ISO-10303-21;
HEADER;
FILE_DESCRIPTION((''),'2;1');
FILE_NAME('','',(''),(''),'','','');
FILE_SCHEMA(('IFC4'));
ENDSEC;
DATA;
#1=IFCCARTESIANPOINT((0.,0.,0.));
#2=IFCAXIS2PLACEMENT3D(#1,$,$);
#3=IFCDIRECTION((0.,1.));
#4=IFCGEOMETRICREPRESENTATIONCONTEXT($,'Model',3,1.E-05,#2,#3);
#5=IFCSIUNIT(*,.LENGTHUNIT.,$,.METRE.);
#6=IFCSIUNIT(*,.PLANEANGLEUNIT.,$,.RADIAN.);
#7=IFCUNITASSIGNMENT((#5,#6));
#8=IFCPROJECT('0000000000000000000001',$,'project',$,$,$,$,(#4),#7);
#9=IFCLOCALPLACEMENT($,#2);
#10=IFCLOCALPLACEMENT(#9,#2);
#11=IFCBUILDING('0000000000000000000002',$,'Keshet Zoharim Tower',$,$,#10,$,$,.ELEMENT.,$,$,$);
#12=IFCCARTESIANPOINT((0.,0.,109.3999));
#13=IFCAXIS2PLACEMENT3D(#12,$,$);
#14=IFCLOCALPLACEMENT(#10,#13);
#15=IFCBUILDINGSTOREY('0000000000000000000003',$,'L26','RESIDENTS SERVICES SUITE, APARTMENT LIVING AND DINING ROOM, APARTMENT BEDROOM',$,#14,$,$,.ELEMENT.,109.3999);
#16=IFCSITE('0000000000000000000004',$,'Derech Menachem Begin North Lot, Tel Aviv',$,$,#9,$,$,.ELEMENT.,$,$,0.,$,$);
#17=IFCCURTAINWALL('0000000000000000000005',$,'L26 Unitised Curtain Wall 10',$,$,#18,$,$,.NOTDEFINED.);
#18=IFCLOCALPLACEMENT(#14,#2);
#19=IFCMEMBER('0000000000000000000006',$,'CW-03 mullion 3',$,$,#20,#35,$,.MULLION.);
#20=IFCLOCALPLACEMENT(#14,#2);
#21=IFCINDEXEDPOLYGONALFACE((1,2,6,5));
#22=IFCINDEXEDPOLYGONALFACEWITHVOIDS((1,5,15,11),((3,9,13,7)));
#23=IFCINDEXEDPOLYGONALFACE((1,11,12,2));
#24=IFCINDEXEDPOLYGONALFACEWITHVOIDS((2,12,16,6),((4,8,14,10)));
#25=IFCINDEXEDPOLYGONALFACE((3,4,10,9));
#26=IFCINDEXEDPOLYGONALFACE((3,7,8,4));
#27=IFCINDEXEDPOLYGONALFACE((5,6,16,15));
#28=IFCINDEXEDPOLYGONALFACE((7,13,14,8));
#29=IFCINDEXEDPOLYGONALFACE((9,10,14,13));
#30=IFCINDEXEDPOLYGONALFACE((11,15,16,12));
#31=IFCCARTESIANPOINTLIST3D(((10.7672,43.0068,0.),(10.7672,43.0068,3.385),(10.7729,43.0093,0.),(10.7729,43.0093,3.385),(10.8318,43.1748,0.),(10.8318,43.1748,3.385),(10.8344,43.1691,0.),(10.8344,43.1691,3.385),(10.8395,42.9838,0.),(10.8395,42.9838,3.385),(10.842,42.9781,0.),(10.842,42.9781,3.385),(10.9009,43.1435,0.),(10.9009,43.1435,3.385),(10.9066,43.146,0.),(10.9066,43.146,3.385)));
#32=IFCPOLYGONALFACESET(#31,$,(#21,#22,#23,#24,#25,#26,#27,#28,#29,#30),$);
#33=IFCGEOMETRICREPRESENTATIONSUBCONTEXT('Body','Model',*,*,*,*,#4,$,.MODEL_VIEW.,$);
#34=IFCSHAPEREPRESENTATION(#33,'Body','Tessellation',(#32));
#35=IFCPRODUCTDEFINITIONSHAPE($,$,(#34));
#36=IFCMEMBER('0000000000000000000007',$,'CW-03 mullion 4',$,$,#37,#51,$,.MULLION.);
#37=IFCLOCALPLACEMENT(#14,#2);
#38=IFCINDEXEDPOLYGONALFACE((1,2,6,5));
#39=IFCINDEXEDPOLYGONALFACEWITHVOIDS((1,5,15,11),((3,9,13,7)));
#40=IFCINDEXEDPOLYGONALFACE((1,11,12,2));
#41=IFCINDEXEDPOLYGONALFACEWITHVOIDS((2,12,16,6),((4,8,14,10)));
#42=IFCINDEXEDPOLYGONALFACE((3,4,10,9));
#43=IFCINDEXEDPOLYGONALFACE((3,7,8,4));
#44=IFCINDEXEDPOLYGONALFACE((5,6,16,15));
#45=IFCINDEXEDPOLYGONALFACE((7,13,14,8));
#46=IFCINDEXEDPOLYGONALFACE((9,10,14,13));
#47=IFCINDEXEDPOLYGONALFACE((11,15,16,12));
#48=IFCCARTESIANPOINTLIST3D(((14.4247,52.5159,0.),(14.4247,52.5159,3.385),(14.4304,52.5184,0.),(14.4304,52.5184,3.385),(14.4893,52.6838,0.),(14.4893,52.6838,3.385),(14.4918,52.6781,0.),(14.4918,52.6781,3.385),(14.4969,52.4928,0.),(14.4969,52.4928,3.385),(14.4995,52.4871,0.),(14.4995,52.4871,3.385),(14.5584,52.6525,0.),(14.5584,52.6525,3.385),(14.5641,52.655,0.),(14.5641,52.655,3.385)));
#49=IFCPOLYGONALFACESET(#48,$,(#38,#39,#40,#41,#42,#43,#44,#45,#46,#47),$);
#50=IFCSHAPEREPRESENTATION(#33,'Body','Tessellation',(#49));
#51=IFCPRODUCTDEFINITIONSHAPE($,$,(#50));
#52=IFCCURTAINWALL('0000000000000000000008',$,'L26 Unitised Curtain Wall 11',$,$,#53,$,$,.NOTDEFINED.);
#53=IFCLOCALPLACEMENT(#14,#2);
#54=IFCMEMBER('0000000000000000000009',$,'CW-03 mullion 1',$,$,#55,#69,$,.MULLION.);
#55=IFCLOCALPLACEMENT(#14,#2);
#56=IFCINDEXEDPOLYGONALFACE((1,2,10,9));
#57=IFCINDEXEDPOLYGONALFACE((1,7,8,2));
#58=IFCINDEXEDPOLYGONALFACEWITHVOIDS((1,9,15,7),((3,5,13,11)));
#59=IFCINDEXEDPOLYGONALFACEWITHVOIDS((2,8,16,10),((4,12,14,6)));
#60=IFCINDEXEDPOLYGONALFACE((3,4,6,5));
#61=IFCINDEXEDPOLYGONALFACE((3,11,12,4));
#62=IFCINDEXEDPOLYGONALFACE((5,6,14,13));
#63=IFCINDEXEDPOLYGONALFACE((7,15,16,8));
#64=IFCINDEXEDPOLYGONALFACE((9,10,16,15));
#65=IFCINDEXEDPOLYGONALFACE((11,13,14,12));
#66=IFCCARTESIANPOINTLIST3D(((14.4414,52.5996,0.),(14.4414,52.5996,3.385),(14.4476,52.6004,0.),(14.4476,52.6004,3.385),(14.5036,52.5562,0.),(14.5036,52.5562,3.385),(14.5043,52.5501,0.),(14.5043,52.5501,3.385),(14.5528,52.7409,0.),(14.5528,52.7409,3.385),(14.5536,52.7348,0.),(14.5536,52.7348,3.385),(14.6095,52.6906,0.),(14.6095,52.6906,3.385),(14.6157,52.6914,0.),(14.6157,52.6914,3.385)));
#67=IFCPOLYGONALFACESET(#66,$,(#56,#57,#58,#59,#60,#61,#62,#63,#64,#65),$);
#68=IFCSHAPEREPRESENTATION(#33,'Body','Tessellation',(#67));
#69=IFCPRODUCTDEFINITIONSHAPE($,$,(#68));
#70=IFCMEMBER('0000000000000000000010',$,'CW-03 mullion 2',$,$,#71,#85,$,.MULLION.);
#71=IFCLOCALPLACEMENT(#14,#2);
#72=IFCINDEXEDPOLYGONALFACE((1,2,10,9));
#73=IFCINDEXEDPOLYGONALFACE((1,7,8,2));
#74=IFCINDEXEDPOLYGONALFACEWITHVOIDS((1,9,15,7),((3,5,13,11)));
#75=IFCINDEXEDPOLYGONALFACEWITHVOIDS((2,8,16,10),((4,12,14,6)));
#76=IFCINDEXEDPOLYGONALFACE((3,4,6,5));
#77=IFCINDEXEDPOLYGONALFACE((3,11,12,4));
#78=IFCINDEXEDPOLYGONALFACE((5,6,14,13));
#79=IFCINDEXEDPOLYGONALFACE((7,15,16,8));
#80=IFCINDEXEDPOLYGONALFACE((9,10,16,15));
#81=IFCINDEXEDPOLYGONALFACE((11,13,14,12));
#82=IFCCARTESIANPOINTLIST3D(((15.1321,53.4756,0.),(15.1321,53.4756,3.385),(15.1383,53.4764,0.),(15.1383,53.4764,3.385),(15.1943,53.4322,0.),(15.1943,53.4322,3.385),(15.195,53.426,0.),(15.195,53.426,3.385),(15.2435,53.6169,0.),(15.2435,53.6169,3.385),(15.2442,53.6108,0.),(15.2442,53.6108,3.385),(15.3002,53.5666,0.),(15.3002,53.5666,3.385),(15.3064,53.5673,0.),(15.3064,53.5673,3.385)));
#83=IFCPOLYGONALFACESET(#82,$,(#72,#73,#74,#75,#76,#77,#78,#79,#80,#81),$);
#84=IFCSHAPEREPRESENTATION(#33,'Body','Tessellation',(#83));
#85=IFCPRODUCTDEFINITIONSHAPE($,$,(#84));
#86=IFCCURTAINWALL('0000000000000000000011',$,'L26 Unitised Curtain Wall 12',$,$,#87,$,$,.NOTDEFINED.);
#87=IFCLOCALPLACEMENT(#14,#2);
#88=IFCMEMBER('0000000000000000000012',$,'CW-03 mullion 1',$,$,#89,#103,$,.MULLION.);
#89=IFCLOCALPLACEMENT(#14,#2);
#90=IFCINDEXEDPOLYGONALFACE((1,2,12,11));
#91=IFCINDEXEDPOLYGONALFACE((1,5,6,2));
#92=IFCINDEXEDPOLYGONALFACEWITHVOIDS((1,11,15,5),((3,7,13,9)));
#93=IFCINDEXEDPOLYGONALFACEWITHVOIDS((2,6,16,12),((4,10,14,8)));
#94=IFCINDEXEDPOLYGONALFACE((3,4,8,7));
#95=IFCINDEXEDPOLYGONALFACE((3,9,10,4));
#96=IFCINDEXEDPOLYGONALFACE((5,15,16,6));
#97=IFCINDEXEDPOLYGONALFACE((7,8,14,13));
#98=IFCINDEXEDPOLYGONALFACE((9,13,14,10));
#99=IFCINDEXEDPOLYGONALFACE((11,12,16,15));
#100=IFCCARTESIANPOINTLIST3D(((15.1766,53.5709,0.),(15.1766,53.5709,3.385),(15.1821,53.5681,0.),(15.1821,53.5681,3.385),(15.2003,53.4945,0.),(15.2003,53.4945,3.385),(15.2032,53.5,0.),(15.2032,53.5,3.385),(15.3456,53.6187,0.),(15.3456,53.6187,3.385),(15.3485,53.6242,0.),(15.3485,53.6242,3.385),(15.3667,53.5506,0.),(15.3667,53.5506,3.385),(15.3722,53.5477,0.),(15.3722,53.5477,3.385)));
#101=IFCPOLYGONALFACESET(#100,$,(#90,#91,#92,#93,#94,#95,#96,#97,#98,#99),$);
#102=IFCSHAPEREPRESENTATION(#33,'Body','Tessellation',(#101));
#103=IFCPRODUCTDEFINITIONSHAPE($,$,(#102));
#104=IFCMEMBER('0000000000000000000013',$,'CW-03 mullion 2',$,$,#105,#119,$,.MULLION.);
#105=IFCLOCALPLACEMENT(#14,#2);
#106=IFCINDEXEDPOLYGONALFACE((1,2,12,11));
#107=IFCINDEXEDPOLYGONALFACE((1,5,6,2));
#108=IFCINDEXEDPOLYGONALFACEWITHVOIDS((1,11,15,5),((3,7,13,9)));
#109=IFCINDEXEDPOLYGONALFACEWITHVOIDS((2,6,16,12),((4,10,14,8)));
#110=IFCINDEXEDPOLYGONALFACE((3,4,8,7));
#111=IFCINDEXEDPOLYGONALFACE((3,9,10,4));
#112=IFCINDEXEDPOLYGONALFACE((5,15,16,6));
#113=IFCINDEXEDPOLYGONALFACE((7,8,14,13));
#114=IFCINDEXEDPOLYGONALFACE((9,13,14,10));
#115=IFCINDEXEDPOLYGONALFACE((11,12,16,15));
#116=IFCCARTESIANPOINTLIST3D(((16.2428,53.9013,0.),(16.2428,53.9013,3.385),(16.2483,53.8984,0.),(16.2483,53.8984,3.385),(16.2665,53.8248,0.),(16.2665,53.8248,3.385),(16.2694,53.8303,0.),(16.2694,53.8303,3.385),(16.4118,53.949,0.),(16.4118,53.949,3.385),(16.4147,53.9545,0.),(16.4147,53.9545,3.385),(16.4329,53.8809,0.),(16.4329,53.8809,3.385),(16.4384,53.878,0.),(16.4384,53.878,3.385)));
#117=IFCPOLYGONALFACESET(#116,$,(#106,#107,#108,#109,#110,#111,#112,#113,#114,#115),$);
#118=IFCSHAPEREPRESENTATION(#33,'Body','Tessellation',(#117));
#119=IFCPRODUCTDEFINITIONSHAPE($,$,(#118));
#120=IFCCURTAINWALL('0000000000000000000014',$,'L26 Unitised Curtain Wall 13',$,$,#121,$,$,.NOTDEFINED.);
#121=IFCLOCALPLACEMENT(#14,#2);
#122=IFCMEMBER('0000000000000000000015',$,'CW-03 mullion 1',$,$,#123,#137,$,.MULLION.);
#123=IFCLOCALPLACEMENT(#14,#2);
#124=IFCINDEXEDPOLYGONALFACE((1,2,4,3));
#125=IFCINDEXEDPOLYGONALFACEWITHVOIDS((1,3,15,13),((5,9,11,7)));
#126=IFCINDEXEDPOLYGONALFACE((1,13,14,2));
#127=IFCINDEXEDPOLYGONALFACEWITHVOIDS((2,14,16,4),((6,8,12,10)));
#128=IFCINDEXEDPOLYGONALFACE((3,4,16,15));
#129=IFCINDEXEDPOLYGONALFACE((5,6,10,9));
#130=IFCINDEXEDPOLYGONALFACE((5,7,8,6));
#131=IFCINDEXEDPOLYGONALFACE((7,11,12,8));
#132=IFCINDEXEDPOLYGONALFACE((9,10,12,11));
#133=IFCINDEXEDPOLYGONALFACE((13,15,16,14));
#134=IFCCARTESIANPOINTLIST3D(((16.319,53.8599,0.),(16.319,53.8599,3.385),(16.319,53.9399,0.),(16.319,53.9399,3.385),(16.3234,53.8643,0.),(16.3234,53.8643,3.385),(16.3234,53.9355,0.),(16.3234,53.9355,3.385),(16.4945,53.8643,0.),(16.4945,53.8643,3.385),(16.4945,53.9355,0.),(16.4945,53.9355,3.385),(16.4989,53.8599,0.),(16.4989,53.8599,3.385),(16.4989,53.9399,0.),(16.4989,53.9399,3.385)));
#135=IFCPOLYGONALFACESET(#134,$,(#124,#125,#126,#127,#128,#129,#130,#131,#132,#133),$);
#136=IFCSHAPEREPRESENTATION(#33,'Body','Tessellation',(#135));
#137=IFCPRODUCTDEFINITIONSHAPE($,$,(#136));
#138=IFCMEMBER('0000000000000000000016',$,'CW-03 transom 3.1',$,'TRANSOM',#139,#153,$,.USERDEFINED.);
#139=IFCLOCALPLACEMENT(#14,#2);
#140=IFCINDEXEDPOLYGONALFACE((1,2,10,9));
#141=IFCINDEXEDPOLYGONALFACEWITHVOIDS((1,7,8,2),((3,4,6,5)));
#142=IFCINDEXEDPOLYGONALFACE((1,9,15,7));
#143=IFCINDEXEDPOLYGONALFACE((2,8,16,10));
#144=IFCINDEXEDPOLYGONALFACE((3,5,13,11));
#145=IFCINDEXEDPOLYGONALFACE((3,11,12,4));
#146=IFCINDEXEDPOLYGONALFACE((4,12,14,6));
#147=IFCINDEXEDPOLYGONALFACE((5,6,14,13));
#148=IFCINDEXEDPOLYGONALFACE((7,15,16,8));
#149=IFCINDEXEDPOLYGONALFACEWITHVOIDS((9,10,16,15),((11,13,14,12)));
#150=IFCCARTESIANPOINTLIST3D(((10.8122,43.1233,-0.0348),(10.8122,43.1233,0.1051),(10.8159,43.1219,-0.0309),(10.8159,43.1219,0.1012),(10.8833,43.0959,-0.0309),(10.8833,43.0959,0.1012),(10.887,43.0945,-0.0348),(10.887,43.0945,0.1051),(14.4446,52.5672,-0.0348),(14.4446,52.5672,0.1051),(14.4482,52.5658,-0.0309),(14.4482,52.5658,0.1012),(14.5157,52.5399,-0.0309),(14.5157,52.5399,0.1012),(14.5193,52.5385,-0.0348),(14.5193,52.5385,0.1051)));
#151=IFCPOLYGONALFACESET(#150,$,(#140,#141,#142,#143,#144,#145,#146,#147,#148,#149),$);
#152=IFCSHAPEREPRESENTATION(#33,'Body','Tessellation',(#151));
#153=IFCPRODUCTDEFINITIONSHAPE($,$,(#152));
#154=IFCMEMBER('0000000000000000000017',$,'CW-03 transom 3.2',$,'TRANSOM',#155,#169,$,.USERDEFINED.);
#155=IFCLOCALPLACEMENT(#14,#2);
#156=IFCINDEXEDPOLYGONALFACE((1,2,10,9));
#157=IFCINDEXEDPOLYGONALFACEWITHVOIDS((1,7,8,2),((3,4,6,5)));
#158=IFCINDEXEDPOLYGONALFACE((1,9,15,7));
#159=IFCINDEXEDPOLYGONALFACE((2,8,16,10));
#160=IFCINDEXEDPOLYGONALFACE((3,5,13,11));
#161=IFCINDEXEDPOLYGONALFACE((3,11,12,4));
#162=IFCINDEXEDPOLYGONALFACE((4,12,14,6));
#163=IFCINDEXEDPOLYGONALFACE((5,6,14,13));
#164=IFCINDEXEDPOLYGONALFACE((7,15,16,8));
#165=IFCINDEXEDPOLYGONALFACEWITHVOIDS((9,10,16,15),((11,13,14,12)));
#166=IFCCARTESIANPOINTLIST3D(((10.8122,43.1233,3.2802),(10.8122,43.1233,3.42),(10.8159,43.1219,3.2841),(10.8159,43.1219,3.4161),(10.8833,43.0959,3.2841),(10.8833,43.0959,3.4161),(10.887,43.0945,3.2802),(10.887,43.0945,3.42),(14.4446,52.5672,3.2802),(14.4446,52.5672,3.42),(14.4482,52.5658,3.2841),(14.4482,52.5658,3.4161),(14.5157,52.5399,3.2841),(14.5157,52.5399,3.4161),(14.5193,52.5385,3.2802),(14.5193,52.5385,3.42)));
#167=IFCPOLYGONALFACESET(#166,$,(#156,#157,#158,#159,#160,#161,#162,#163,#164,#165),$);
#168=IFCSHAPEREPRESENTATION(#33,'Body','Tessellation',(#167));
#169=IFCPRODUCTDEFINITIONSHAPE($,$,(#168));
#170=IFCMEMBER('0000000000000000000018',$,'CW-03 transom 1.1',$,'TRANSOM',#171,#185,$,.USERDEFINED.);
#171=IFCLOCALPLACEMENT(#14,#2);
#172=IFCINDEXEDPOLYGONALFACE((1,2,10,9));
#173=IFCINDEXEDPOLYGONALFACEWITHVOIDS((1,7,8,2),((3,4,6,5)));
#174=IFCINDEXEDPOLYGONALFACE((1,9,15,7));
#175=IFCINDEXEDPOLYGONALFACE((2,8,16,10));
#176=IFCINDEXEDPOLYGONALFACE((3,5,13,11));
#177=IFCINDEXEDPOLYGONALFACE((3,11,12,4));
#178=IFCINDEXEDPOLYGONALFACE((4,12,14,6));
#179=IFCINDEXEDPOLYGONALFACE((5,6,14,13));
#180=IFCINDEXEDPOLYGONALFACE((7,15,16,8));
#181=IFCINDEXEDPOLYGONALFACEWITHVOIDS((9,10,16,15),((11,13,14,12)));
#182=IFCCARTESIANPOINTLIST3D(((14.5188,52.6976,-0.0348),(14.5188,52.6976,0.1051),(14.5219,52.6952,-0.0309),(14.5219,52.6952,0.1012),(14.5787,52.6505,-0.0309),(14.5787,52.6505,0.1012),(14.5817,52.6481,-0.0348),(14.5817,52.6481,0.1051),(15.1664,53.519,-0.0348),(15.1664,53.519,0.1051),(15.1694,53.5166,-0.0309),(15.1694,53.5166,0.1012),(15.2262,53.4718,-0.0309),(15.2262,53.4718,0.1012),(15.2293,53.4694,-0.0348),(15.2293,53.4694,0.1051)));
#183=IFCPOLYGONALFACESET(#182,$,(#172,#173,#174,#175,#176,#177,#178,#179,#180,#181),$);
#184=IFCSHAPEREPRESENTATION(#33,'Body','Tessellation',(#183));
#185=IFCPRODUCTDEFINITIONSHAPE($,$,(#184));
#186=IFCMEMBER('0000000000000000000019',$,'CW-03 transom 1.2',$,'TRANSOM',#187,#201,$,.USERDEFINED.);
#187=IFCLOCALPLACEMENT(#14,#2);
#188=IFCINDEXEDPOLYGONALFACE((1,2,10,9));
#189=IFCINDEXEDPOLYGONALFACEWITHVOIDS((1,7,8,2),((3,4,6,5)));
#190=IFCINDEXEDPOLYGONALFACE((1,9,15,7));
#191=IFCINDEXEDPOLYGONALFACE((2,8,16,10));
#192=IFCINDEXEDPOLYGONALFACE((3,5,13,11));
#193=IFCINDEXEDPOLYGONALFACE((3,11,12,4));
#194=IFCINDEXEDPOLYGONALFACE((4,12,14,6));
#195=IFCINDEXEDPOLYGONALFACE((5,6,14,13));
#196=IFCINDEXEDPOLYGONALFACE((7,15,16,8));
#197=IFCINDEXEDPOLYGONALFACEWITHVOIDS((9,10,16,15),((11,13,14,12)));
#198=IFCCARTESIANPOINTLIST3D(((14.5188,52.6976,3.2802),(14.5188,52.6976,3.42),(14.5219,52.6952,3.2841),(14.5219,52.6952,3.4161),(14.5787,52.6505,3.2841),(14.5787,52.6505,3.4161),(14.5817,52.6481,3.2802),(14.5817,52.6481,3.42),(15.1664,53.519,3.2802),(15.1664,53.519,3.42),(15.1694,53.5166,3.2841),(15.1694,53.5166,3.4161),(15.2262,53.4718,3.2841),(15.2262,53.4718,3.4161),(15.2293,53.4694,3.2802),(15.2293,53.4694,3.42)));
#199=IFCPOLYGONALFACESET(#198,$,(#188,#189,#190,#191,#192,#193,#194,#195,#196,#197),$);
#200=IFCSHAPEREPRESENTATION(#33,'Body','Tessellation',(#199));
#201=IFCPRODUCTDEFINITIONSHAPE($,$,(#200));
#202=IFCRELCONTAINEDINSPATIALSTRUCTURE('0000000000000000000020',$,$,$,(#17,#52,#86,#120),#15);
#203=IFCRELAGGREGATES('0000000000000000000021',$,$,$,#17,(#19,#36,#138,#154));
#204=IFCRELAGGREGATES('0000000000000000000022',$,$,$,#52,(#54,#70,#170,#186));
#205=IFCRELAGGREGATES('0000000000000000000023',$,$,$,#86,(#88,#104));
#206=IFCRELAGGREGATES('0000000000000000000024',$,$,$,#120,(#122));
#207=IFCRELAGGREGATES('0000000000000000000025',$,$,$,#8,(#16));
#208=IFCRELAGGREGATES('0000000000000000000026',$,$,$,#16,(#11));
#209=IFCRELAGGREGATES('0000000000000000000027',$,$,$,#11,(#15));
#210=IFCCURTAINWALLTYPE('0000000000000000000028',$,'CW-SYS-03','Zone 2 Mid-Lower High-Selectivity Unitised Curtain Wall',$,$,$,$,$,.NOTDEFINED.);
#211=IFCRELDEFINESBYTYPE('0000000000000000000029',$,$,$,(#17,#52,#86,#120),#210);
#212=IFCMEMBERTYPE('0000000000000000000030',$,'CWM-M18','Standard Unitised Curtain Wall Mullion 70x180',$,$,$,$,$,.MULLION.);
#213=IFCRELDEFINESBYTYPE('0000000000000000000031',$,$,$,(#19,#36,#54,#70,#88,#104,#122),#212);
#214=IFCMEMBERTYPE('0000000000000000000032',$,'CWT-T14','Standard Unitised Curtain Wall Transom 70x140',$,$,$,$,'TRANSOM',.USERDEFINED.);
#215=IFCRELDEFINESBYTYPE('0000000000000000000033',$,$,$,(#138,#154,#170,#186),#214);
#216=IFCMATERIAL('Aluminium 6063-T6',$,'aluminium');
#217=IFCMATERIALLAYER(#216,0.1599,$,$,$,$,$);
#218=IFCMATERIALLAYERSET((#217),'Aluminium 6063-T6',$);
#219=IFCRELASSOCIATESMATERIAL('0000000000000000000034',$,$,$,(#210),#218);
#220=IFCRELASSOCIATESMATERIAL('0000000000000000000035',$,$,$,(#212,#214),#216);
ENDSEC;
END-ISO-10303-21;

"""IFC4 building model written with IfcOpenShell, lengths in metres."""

from ifc_helpers import new_model, si_unit, direction, frame, origin, origin_2d, place, context, subcontext, project, spatial, hollow_rectangle, extrude, material, layer, layer_set, material_profile, profile_set, type_object, element, aggregate, save


model = new_model("IFC4")

# Units and contexts
model_context = context("Model", 3, precision=1e-05, world=origin(), true_north=direction((0.0, 1.0)))
body_context = subcontext(model_context, "Body", "Model", "MODEL_VIEW")
ifc_project = project(units=[si_unit("LENGTHUNIT", "METRE"), si_unit("PLANEANGLEUNIT", "RADIAN")], contexts=[model_context])

# Site, building, storey
site_placement = place(None, origin())
site = spatial("IfcSite", under=ifc_project, at=site_placement, Name="Derech Menachem Begin North Lot, Tel Aviv", CompositionType="ELEMENT", RefElevation=0.0)
building_placement = place(site_placement, origin())
building = spatial("IfcBuilding", under=site, at=building_placement, Name="Keshet Zoharim Tower", CompositionType="ELEMENT")
storey_placement = place(building_placement, frame((0.0, 0.0, 109.3999)))
storey = spatial("IfcBuildingStorey", under=building, at=storey_placement, Name="L26", Description="RESIDENTS SERVICES SUITE, APARTMENT LIVING AND DINING ROOM, APARTMENT BEDROOM", CompositionType="ELEMENT", Elevation=109.3999)

# Curtain walls, members
ifc_material_1 = material(Name="Aluminium 6063-T6", Category="aluminium")
ifc_layer_1 = layer(ifc_material_1, 0.1599)
ifc_layer_set_1 = layer_set([ifc_layer_1], Name="Aluminium 6063-T6")
curtain_wall_type = type_object("IfcCurtainWallType", Name="CW-SYS-03", Description="Zone 2 Mid-Lower High-Selectivity Unitised Curtain Wall", PredefinedType="NOTDEFINED", material=ifc_layer_set_1)
curtain_wall_1_placement = place(storey_placement, origin())
curtain_wall_1 = element("IfcCurtainWall", 1, at=curtain_wall_1_placement, inside=storey, type_object=curtain_wall_type, Name="L26 Unitised Curtain Wall 10", PredefinedType="NOTDEFINED")
ifc_material_profile_1 = material_profile(ifc_material_1, hollow_rectangle(XDim=0.0801, YDim=0.1799, WallThickness=0.0044, at=origin_2d()), Name="MUL-80x180")
ifc_profile_set_1 = profile_set([ifc_material_profile_1], Name="Aluminium 6063-T6")
member_type_1 = type_object("IfcMemberType", Name="CWM-M18", Description="Standard Unitised Curtain Wall Mullion 70x180", PredefinedType="MULLION", material=ifc_profile_set_1)
member_1_placement = place(storey_placement, frame((10.8369, 43.0764, 0.0), z_axis=(0.0, 0.0, 1.0), x_axis=(-0.933341, 0.35899, 0.0)))
member_1 = element("IfcMember", 2, at=member_1_placement, type_object=member_type_1, Name="CW-03 mullion 3", PredefinedType="MULLION", context=body_context, shape_type="SweptSolid", body=[
    extrude(hollow_rectangle(XDim=0.0801, YDim=0.1799, WallThickness=0.0044, at=origin_2d()), origin(), (0.0, 0.0, 1.0), 3.385),
])
member_2_placement = place(storey_placement, frame((14.4944, 52.5854, 0.0), z_axis=(0.0, 0.0, 1.0), x_axis=(-0.933341, 0.35899, 0.0)))
member_2 = element("IfcMember", 3, at=member_2_placement, type_object=member_type_1, Name="CW-03 mullion 4", PredefinedType="MULLION", context=body_context, shape_type="SweptSolid", body=[
    extrude(hollow_rectangle(XDim=0.0801, YDim=0.1799, WallThickness=0.0044, at=origin_2d()), origin(), (0.0, 0.0, 1.0), 3.385),
])
curtain_wall_2_placement = place(storey_placement, origin())
curtain_wall_2 = element("IfcCurtainWall", 4, at=curtain_wall_2_placement, inside=storey, type_object=curtain_wall_type, Name="L26 Unitised Curtain Wall 11", PredefinedType="NOTDEFINED")
member_3_placement = place(storey_placement, frame((14.5286, 52.6455, 0.0), z_axis=(0.0, 0.0, 1.0), x_axis=(-0.785293, 0.619125, 0.0)))
member_3 = element("IfcMember", 5, at=member_3_placement, type_object=member_type_1, Name="CW-03 mullion 1", PredefinedType="MULLION", context=body_context, shape_type="SweptSolid", body=[
    extrude(hollow_rectangle(XDim=0.0801, YDim=0.1799, WallThickness=0.0044, at=origin_2d()), origin(), (0.0, 0.0, 1.0), 3.385),
])
member_4_placement = place(storey_placement, frame((15.2192, 53.5215, 0.0), z_axis=(0.0, 0.0, 1.0), x_axis=(-0.785293, 0.619125, 0.0)))
member_4 = element("IfcMember", 6, at=member_4_placement, type_object=member_type_1, Name="CW-03 mullion 2", PredefinedType="MULLION", context=body_context, shape_type="SweptSolid", body=[
    extrude(hollow_rectangle(XDim=0.0801, YDim=0.1799, WallThickness=0.0044, at=origin_2d()), origin(), (0.0, 0.0, 1.0), 3.385),
])
curtain_wall_3_placement = place(storey_placement, origin())
curtain_wall_3 = element("IfcCurtainWall", 7, at=curtain_wall_3_placement, inside=storey, type_object=curtain_wall_type, Name="L26 Unitised Curtain Wall 12", PredefinedType="NOTDEFINED")
member_5_placement = place(storey_placement, frame((15.2744, 53.5593, 0.0), z_axis=(0.0, 0.0, 1.0), x_axis=(-0.295922, 0.955212, 0.0)))
member_5 = element("IfcMember", 8, at=member_5_placement, type_object=member_type_1, Name="CW-03 mullion 1", PredefinedType="MULLION", context=body_context, shape_type="SweptSolid", body=[
    extrude(hollow_rectangle(XDim=0.0801, YDim=0.1799, WallThickness=0.0044, at=origin_2d()), origin(), (0.0, 0.0, 1.0), 3.385),
])
member_6_placement = place(storey_placement, frame((16.3406, 53.8896, 0.0), z_axis=(0.0, 0.0, 1.0), x_axis=(-0.295922, 0.955212, 0.0)))
member_6 = element("IfcMember", 9, at=member_6_placement, type_object=member_type_1, Name="CW-03 mullion 2", PredefinedType="MULLION", context=body_context, shape_type="SweptSolid", body=[
    extrude(hollow_rectangle(XDim=0.0801, YDim=0.1799, WallThickness=0.0044, at=origin_2d()), origin(), (0.0, 0.0, 1.0), 3.385),
])

# Curtain wall, member
curtain_wall_4_placement = place(storey_placement, origin())
curtain_wall_4 = element("IfcCurtainWall", 10, at=curtain_wall_4_placement, inside=storey, type_object=curtain_wall_type, Name="L26 Unitised Curtain Wall 13", PredefinedType="NOTDEFINED")
member_7_placement = place(storey_placement, frame((16.4089, 53.8999, 0.0), z_axis=(0.0, 0.0, 1.0), x_axis=(0.0, 1.0, 0.0)))
member_7 = element("IfcMember", 11, at=member_7_placement, type_object=member_type_1, Name="CW-03 mullion 1", PredefinedType="MULLION", context=body_context, shape_type="SweptSolid", body=[
    extrude(hollow_rectangle(XDim=0.0801, YDim=0.1799, WallThickness=0.0044, at=origin_2d()), origin(), (0.0, 0.0, 1.0), 3.385),
])

# Members
ifc_material_profile_2 = material_profile(ifc_material_1, hollow_rectangle(XDim=0.0801, YDim=0.1399, WallThickness=0.0039, at=origin_2d()), Name="TRN-80x140")
ifc_profile_set_2 = profile_set([ifc_material_profile_2], Name="Aluminium 6063-T6")
member_type_2 = type_object("IfcMemberType", Name="CWT-T14", Description="Standard Unitised Curtain Wall Transom 70x140", ElementType="TRANSOM", PredefinedType="USERDEFINED", material=ifc_profile_set_2)
member_8_placement = place(storey_placement, frame((10.8496, 43.1089, 0.0352), z_axis=(0.358986, 0.933343, 0.0), x_axis=(-0.933343, 0.358986, 0.0)))
member_8 = element("IfcMember", 12, at=member_8_placement, type_object=member_type_2, Name="CW-03 transom 3.1", ObjectType="TRANSOM", PredefinedType="USERDEFINED", context=body_context, shape_type="SweptSolid", body=[
    extrude(hollow_rectangle(XDim=0.0801, YDim=0.1399, WallThickness=0.0039, at=origin_2d()), origin(), (0.0, 0.0, 1.0), 10.1184),
])
member_9_placement = place(storey_placement, frame((10.8496, 43.1089, 3.3501), z_axis=(0.358986, 0.933343, 0.0), x_axis=(-0.933343, 0.358986, 0.0)))
member_9 = element("IfcMember", 13, at=member_9_placement, type_object=member_type_2, Name="CW-03 transom 3.2", ObjectType="TRANSOM", PredefinedType="USERDEFINED", context=body_context, shape_type="SweptSolid", body=[
    extrude(hollow_rectangle(XDim=0.0801, YDim=0.1399, WallThickness=0.0039, at=origin_2d()), origin(), (0.0, 0.0, 1.0), 10.1184),
])
member_10_placement = place(storey_placement, frame((14.5503, 52.6729, 0.0352), z_axis=(0.619099, 0.785313, 0.0), x_axis=(-0.785313, 0.619099, 0.0)))
member_10 = element("IfcMember", 14, at=member_10_placement, type_object=member_type_2, Name="CW-03 transom 1.1", ObjectType="TRANSOM", PredefinedType="USERDEFINED", context=body_context, shape_type="SweptSolid", body=[
    extrude(hollow_rectangle(XDim=0.0801, YDim=0.1399, WallThickness=0.0039, at=origin_2d()), origin(), (0.0, 0.0, 1.0), 1.0459),
])
member_11_placement = place(storey_placement, frame((14.5503, 52.6729, 3.3501), z_axis=(0.619099, 0.785313, 0.0), x_axis=(-0.785313, 0.619099, 0.0)))
member_11 = element("IfcMember", 15, at=member_11_placement, type_object=member_type_2, Name="CW-03 transom 1.2", ObjectType="TRANSOM", PredefinedType="USERDEFINED", context=body_context, shape_type="SweptSolid", body=[
    extrude(hollow_rectangle(XDim=0.0801, YDim=0.1399, WallThickness=0.0039, at=origin_2d()), origin(), (0.0, 0.0, 1.0), 1.0459),
])

aggregate(curtain_wall_1, [member_1, member_2, member_8, member_9])
aggregate(curtain_wall_2, [member_3, member_4, member_10, member_11])
aggregate(curtain_wall_3, [member_5, member_6])
aggregate(curtain_wall_4, [member_7])

save(model, "model.ifc")
